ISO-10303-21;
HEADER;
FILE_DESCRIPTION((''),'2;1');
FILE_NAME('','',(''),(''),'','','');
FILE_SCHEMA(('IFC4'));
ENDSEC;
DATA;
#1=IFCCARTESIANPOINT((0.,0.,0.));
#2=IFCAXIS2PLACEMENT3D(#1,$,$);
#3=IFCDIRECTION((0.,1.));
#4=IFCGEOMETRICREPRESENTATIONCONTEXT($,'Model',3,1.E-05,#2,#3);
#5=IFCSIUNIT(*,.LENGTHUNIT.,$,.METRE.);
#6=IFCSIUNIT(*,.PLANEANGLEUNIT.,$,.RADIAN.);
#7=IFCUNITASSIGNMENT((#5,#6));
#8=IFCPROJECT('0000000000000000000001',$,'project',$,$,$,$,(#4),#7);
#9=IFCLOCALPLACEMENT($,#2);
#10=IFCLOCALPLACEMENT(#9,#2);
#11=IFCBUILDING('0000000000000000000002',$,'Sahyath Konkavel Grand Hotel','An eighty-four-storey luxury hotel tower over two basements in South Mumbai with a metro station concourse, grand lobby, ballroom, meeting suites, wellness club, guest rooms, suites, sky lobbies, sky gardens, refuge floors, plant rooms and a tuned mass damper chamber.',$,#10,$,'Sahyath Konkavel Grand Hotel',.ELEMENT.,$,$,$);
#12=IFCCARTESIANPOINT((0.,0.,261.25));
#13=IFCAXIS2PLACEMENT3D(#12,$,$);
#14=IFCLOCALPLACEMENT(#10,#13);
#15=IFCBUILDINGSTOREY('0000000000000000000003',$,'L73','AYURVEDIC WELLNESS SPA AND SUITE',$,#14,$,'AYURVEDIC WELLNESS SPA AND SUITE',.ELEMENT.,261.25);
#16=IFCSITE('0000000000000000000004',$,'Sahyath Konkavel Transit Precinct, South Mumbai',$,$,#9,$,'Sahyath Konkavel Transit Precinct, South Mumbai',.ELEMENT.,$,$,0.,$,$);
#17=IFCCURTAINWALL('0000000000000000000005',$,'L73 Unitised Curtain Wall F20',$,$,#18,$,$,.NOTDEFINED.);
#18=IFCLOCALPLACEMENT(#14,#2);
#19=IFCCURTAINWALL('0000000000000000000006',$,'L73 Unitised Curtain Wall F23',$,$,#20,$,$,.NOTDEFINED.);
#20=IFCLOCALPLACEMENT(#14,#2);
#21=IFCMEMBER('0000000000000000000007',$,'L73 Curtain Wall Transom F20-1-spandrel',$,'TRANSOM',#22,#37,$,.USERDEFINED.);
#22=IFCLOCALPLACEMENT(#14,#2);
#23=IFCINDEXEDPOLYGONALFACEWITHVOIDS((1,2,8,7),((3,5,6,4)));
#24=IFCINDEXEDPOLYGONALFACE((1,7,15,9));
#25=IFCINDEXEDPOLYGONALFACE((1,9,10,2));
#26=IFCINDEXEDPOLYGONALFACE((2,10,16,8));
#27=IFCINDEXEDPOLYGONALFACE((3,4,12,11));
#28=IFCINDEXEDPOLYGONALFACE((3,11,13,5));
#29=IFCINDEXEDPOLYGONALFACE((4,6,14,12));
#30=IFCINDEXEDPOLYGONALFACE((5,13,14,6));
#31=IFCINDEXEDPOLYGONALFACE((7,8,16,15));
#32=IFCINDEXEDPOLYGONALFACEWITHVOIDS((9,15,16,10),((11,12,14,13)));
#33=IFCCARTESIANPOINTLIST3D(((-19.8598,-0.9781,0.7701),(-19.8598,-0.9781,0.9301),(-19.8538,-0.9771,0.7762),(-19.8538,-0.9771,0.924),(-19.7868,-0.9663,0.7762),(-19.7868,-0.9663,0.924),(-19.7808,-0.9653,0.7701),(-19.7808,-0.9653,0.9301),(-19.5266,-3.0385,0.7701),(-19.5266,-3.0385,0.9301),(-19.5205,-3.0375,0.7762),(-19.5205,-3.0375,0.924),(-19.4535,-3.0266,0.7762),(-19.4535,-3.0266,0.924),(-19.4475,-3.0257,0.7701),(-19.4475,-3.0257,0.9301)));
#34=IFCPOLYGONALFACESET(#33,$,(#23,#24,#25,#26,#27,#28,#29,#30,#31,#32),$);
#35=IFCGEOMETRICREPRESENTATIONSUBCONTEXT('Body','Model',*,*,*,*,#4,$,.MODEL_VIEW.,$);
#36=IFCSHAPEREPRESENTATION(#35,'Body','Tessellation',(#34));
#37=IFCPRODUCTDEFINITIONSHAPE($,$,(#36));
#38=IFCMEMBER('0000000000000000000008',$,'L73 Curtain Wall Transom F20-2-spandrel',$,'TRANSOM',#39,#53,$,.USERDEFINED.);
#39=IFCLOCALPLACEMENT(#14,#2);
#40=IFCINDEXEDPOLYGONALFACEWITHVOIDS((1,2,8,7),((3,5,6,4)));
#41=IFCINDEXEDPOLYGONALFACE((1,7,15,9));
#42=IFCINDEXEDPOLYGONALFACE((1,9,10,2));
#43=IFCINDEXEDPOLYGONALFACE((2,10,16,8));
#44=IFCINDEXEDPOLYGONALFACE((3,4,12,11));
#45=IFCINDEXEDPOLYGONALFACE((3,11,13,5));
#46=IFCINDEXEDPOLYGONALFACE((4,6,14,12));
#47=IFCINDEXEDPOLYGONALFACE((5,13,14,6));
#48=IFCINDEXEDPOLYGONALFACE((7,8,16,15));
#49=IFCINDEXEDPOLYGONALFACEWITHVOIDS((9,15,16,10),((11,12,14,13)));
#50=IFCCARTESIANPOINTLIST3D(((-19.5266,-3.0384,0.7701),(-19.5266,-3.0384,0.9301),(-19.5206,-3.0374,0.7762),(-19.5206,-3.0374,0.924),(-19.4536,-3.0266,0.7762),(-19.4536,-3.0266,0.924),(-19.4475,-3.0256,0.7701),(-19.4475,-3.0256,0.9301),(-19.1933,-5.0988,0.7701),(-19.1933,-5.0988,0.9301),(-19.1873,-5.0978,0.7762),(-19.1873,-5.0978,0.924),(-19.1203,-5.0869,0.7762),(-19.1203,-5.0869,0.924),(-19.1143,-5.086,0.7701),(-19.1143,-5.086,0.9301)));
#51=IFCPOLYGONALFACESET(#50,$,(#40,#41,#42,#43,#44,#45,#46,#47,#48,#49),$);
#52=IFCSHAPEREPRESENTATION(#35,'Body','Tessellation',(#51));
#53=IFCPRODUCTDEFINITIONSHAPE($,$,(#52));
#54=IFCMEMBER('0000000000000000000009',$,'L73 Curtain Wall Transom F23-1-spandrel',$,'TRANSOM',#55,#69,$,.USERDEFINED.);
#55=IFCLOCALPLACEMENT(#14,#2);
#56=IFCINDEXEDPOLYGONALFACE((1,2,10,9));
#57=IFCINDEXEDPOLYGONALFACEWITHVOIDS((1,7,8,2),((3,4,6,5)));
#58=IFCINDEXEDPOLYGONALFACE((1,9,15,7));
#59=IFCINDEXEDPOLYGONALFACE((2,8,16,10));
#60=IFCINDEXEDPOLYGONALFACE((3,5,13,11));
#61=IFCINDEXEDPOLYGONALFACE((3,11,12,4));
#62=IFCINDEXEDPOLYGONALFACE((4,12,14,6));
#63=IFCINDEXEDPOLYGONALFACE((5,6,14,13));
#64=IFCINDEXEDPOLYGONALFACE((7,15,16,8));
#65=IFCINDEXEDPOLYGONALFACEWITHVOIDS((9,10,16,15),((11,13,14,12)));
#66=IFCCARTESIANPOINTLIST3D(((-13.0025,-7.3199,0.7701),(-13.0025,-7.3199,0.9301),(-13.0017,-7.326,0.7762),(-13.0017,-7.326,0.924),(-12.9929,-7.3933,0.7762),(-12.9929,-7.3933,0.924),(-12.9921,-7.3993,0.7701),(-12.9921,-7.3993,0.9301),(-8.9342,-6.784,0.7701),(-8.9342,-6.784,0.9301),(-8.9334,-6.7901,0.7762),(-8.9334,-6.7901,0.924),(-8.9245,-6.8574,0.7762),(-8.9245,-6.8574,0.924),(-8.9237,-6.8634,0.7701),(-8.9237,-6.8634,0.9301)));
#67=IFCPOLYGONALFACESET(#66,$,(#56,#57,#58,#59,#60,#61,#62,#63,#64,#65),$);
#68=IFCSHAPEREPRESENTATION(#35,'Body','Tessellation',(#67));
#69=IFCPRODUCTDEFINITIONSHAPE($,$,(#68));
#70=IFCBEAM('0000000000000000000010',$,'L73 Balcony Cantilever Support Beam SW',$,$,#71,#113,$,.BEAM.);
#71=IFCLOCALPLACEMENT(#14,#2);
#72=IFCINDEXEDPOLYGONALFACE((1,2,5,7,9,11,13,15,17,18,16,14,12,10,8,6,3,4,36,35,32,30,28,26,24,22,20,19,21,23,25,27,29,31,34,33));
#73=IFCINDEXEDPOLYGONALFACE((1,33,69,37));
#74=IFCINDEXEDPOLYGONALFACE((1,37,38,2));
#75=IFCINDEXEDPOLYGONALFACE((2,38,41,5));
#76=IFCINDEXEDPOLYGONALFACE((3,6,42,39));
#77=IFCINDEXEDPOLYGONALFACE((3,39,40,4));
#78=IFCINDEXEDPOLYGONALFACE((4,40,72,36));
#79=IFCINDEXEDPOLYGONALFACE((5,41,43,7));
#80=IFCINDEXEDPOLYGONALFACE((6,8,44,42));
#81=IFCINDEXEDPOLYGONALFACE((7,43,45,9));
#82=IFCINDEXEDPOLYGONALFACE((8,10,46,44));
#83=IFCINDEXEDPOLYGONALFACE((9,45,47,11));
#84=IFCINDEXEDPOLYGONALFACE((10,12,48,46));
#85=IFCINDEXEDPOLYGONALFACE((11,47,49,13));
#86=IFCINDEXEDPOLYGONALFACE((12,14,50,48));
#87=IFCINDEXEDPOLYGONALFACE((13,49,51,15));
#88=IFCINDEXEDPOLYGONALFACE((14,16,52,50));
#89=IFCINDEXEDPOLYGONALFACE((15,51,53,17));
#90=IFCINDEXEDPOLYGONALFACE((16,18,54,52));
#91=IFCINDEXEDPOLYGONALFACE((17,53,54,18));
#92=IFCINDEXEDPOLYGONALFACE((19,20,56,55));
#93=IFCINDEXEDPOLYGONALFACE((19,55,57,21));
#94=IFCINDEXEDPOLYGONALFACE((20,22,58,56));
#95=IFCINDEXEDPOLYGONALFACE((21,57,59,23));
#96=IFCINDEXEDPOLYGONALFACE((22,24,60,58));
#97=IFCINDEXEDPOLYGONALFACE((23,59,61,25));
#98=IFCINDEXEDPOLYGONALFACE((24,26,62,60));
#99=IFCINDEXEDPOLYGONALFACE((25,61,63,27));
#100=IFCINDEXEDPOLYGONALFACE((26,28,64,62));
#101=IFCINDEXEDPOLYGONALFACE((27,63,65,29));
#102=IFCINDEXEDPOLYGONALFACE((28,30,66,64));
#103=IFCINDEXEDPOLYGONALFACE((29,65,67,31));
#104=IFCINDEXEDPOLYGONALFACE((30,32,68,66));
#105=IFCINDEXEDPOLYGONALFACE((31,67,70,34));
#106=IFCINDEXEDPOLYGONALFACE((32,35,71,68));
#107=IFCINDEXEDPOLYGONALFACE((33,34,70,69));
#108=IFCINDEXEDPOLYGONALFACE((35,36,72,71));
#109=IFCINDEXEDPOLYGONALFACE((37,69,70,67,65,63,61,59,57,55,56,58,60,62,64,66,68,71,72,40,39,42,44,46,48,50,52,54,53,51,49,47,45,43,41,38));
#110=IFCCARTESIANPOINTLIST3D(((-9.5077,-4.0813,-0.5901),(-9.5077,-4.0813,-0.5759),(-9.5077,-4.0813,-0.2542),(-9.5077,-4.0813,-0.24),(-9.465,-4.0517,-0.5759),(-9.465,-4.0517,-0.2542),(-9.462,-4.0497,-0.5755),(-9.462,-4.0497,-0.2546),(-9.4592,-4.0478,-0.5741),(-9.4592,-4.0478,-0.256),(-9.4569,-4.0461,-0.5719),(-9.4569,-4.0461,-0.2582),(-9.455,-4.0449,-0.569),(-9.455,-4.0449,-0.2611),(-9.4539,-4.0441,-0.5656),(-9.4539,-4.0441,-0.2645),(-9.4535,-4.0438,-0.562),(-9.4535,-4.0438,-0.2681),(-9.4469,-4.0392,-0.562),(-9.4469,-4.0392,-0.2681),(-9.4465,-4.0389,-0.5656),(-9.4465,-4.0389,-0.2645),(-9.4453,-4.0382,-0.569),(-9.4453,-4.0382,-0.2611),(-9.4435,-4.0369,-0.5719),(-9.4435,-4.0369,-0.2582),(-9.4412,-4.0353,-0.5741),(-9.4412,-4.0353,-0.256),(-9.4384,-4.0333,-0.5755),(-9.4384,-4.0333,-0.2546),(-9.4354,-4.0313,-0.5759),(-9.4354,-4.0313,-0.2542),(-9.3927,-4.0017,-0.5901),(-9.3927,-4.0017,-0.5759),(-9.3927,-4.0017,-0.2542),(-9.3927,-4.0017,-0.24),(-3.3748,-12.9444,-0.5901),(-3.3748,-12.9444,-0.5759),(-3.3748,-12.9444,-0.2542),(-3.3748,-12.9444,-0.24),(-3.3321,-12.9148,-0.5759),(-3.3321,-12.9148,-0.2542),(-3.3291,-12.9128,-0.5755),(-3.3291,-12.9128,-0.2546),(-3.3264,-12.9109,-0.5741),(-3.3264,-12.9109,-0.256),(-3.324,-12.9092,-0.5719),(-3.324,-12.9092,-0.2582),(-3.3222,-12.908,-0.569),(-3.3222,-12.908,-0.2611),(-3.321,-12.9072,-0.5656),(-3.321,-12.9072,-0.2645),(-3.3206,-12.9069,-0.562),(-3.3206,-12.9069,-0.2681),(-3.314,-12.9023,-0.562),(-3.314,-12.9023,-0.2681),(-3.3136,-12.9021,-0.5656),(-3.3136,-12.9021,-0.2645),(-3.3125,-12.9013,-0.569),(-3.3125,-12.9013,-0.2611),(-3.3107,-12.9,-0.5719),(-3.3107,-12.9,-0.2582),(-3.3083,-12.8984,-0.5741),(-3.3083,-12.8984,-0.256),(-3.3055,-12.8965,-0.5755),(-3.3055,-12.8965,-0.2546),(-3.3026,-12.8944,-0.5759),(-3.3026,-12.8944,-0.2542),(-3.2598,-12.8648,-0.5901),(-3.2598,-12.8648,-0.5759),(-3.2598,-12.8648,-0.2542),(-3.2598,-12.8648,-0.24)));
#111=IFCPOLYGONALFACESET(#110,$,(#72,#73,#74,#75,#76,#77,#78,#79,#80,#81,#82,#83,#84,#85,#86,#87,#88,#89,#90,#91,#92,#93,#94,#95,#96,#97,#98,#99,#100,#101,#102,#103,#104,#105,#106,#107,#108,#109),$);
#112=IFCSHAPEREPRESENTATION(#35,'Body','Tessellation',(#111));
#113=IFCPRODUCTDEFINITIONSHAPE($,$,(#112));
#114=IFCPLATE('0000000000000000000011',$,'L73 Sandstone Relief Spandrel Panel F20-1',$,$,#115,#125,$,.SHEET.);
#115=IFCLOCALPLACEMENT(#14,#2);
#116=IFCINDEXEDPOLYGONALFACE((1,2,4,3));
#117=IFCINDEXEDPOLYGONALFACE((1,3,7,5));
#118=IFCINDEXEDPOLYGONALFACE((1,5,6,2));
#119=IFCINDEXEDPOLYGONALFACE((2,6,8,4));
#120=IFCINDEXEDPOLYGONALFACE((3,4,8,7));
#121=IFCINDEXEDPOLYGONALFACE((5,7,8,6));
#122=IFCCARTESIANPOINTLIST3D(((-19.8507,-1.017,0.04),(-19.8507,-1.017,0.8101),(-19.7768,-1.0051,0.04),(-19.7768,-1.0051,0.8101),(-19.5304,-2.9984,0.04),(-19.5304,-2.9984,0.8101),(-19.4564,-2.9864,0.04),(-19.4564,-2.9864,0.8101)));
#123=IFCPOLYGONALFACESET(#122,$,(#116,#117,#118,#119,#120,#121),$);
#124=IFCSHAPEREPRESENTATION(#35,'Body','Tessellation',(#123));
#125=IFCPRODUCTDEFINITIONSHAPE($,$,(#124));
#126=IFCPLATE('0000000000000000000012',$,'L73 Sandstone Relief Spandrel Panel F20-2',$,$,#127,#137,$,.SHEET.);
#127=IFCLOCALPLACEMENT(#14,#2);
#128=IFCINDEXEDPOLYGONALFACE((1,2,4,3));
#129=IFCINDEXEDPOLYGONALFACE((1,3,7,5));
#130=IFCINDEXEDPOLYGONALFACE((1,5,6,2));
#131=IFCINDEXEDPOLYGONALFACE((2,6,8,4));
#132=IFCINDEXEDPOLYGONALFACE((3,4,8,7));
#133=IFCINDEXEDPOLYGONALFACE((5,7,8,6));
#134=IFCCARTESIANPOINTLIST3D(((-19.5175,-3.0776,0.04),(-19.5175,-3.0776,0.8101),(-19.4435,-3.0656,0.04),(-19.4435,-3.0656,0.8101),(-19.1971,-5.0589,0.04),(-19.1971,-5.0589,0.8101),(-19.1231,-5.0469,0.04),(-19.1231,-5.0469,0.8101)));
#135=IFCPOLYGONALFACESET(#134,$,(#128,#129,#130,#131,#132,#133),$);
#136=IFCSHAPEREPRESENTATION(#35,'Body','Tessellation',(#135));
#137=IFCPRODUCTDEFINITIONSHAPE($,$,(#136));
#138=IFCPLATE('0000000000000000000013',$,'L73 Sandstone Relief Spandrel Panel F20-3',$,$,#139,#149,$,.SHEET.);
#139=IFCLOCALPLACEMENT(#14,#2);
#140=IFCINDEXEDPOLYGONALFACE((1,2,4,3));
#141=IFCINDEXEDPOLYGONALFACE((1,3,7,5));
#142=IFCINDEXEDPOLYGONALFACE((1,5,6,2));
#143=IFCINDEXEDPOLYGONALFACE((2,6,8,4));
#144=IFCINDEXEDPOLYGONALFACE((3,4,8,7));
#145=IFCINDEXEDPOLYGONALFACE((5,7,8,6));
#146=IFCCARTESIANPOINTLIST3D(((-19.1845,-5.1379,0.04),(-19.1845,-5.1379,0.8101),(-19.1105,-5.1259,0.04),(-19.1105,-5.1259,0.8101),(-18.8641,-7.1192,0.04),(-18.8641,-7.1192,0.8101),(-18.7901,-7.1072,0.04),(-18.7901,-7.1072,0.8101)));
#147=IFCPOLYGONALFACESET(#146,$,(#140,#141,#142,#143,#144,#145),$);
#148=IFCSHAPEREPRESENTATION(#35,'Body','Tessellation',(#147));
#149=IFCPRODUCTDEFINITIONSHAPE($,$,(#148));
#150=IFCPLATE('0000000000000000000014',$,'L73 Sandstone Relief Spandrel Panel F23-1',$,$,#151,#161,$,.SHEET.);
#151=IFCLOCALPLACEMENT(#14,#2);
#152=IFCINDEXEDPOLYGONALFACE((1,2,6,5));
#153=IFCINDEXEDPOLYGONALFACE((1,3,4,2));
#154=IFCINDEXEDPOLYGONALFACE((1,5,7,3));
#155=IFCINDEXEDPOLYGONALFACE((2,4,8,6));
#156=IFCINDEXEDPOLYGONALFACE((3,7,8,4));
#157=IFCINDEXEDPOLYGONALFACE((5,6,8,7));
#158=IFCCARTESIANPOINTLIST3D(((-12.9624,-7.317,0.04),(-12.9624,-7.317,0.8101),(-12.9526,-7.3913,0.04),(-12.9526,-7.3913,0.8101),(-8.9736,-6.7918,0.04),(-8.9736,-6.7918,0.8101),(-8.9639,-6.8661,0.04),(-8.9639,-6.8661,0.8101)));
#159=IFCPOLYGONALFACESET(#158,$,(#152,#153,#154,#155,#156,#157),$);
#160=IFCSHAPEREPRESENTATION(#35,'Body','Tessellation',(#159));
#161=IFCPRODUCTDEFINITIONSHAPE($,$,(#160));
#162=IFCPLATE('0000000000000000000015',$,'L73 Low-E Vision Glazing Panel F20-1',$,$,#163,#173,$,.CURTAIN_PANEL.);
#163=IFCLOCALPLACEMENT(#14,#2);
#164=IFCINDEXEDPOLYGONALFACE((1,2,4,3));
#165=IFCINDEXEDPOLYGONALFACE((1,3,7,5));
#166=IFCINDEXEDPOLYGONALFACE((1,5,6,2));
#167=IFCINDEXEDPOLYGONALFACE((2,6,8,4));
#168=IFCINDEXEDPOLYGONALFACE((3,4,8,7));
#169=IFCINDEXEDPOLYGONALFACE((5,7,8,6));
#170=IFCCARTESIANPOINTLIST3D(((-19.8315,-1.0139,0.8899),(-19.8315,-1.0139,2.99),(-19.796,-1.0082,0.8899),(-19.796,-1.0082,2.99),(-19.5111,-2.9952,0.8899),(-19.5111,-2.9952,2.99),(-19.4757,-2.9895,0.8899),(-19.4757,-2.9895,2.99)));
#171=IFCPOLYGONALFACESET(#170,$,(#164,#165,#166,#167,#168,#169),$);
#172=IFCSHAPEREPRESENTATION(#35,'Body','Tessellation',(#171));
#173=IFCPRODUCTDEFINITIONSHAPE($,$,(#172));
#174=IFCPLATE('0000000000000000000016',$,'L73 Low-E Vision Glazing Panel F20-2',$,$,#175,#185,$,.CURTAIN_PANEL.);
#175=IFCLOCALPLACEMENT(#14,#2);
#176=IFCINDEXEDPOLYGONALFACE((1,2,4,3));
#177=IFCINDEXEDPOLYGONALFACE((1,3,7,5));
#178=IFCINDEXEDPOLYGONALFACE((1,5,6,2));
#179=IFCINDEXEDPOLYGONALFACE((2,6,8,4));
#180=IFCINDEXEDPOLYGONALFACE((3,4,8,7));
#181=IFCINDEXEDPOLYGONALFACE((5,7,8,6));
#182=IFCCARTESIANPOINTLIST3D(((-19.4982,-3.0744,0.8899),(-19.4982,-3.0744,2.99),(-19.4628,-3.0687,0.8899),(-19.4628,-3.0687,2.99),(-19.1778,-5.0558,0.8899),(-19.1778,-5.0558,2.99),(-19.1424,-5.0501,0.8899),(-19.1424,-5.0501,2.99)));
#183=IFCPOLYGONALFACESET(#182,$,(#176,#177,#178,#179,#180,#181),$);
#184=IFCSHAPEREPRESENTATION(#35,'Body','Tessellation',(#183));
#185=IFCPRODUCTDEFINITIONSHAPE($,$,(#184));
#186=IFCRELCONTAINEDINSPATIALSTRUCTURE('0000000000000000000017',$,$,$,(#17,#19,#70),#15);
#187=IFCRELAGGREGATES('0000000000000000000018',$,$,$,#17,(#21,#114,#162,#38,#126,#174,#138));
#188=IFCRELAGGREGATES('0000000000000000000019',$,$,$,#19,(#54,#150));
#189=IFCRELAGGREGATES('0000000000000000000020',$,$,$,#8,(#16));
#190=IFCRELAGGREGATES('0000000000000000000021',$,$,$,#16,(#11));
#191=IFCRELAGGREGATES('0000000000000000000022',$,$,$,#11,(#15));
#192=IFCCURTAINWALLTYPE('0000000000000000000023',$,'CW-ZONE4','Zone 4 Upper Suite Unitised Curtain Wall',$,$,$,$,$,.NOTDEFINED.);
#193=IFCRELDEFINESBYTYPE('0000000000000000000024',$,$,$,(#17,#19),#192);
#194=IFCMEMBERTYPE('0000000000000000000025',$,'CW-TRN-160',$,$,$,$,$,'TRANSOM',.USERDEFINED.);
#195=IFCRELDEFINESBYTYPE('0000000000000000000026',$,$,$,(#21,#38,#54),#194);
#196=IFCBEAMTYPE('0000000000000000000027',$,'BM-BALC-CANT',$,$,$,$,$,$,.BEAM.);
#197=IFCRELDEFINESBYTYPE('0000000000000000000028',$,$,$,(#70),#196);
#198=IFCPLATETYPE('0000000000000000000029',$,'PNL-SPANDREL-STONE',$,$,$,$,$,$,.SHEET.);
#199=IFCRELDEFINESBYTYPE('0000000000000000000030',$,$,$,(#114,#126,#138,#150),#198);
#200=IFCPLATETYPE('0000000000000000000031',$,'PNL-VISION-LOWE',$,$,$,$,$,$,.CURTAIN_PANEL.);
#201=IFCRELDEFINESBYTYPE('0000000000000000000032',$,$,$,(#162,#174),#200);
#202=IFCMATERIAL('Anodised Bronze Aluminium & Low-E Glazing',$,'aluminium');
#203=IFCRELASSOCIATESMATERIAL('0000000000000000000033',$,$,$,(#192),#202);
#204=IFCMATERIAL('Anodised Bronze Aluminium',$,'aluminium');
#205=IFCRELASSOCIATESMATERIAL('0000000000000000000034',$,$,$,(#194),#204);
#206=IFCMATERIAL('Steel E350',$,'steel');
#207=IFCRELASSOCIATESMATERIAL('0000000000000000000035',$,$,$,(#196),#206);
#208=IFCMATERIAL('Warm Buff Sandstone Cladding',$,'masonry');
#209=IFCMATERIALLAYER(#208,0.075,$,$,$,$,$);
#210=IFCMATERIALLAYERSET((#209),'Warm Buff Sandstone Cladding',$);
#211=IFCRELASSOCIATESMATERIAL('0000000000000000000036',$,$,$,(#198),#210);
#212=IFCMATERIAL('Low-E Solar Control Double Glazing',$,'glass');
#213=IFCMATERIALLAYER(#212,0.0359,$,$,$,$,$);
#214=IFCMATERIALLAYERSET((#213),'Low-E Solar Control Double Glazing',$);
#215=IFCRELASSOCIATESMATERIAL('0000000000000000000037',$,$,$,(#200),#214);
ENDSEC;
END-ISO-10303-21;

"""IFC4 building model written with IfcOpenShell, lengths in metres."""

from ifc_helpers import new_model, si_unit, direction, frame, origin, origin_2d, place, context, subcontext, project, spatial, rectangle, hollow_rectangle, i_section, extrude, source, transform, mapped, material, layer, layer_set, material_profile, profile_set, type_object, element, aggregate, save


model = new_model("IFC4")

# Units and contexts
model_context = context("Model", 3, precision=1e-05, world=origin(), true_north=direction((0.0, 1.0)))
body_context = subcontext(model_context, "Body", "Model", "MODEL_VIEW")
ifc_project = project(units=[si_unit("LENGTHUNIT", "METRE"), si_unit("PLANEANGLEUNIT", "RADIAN")], contexts=[model_context])

# Site, building, storey
site_placement = place(None, origin())
site = spatial("IfcSite", under=ifc_project, at=site_placement, Name="Sahyath Konkavel Transit Precinct, South Mumbai", LongName="Sahyath Konkavel Transit Precinct, South Mumbai", CompositionType="ELEMENT", RefElevation=0.0)
building_placement = place(site_placement, origin())
building = spatial("IfcBuilding", under=site, at=building_placement, Name="Sahyath Konkavel Grand Hotel", Description="An eighty-four-storey luxury hotel tower over two basements in South Mumbai with a metro station concourse, grand lobby, ballroom, meeting suites, wellness club, guest rooms, suites, sky lobbies, sky gardens, refuge floors, plant rooms and a tuned mass damper chamber.", LongName="Sahyath Konkavel Grand Hotel", CompositionType="ELEMENT")
storey_placement = place(building_placement, frame((0.0, 0.0, 261.25)))
storey = spatial("IfcBuildingStorey", under=building, at=storey_placement, Name="L73", Description="AYURVEDIC WELLNESS SPA AND SUITE", LongName="AYURVEDIC WELLNESS SPA AND SUITE", CompositionType="ELEMENT", Elevation=261.25)

# Shared definitions
ifc_material_1 = material(Name="Steel E350", Category="steel")

# Curtain wall
ifc_material_2 = material(Name="Anodised Bronze Aluminium & Low-E Glazing", Category="aluminium")
curtain_wall_type = type_object("IfcCurtainWallType", Name="CW-ZONE4", Description="Zone 4 Upper Suite Unitised Curtain Wall", PredefinedType="NOTDEFINED", material=ifc_material_2)
curtain_wall_1_placement = place(storey_placement, origin())
curtain_wall_1 = element("IfcCurtainWall", 1, at=curtain_wall_1_placement, inside=storey, type_object=curtain_wall_type, Name="L73 Unitised Curtain Wall F20", PredefinedType="NOTDEFINED")
ifc_material_3 = material(Name="Anodised Bronze Aluminium", Category="aluminium")

# Curtain wall
curtain_wall_2_placement = place(storey_placement, origin())
curtain_wall_2 = element("IfcCurtainWall", 2, at=curtain_wall_2_placement, inside=storey, type_object=curtain_wall_type, Name="L73 Unitised Curtain Wall F23", PredefinedType="NOTDEFINED")

# Members
ifc_material_profile_1 = material_profile(ifc_material_3, hollow_rectangle(XDim=0.0801, YDim=0.1599, WallThickness=0.0061, at=origin_2d()), Name="RHS 160x80x6")
ifc_profile_set_1 = profile_set([ifc_material_profile_1], Name="Anodised Bronze Aluminium")
member_type_1 = type_object("IfcMemberType", Name="CW-TRN-160", ElementType="TRANSOM", PredefinedType="USERDEFINED", material=ifc_profile_set_1)
shared_shape_1 = source(origin(), body_context, "Body", "SweptSolid", [
    extrude(hollow_rectangle(XDim=0.0801, YDim=0.1599, WallThickness=0.0061, at=origin_2d()), origin(), (0.0, 0.0, 1.0), 2.0872),
])
member_1_placement = place(storey_placement, frame((-19.8203, -0.9717, 0.8501), z_axis=(0.159674, -0.98717, 0.0), x_axis=(0.98717, 0.159674, 0.0)))
member_1 = element("IfcMember", 3, at=member_1_placement, type_object=member_type_1, Name="L73 Curtain Wall Transom F20-1-spandrel", ObjectType="TRANSOM", PredefinedType="USERDEFINED", context=body_context, shape_type="MappedRepresentation", body=[
    mapped(shared_shape_1, transform((0.0, 0.0, 0.0), scale=1.0)),
])
member_2_placement = place(storey_placement, frame((-19.4871, -3.032, 0.8501), z_axis=(0.159674, -0.98717, 0.0), x_axis=(0.98717, 0.159674, 0.0)))
member_2 = element("IfcMember", 4, at=member_2_placement, type_object=member_type_1, Name="L73 Curtain Wall Transom F20-2-spandrel", ObjectType="TRANSOM", PredefinedType="USERDEFINED", context=body_context, shape_type="MappedRepresentation", body=[
    mapped(shared_shape_1, transform((0.0, 0.0, 0.0), scale=1.0)),
])
shared_shape_2 = source(origin(), body_context, "Body", "SweptSolid", [
    extrude(hollow_rectangle(XDim=0.0801, YDim=0.1599, WallThickness=0.0061, at=origin_2d()), origin(), (0.0, 0.0, 1.0), 4.1035),
])
member_3_placement = place(storey_placement, frame((-12.9973, -7.3596, 0.8501), z_axis=(0.991436, 0.130593, 0.0), x_axis=(-0.130593, 0.991436, 0.0)))
member_3 = element("IfcMember", 5, at=member_3_placement, type_object=member_type_1, Name="L73 Curtain Wall Transom F23-1-spandrel", ObjectType="TRANSOM", PredefinedType="USERDEFINED", context=body_context, shape_type="MappedRepresentation", body=[
    mapped(shared_shape_2, transform((0.0, 0.0, 0.0), scale=1.0)),
])

# Beam
ifc_material_profile_2 = material_profile(ifc_material_1, i_section(OverallWidth=0.1399, OverallDepth=0.3501, WebThickness=0.0081, FlangeThickness=0.0142, FilletRadius=0.0139, at=origin_2d()), Name="ISMB 350")
ifc_profile_set_2 = profile_set([ifc_material_profile_2], Name="Steel E350")
beam_type_1 = type_object("IfcBeamType", Name="BM-BALC-CANT", PredefinedType="BEAM", material=ifc_profile_set_2)
shared_shape_3 = source(origin(), body_context, "Body", "SweptSolid", [
    extrude(i_section(OverallWidth=0.1399, OverallDepth=0.3501, WebThickness=0.0081, FlangeThickness=0.0142, FilletRadius=0.0139, at=origin_2d()), origin(), (0.0, 0.0, 1.0), 10.7781),
])
beam_1_placement = place(storey_placement, frame((-9.4502, -4.0415, -0.415), z_axis=(0.569013, -0.822328, 0.0), x_axis=(0.822328, 0.569013, 0.0)))
element("IfcBeam", 6, at=beam_1_placement, inside=storey, type_object=beam_type_1, Name="L73 Balcony Cantilever Support Beam SW", PredefinedType="BEAM", context=body_context, shape_type="MappedRepresentation", body=[
    mapped(shared_shape_3, transform((0.0, 0.0, 0.0), scale=1.0)),
])

# Plates
ifc_material_4 = material(Name="Warm Buff Sandstone Cladding", Category="masonry")
ifc_layer_1 = layer(ifc_material_4, 0.075)
ifc_layer_set_1 = layer_set([ifc_layer_1], Name="Warm Buff Sandstone Cladding")
plate_type_1 = type_object("IfcPlateType", Name="PNL-SPANDREL-STONE", PredefinedType="SHEET", material=ifc_layer_set_1)
shared_shape_4 = source(origin(), body_context, "Body", "SweptSolid", [
    extrude(rectangle(XDim=2.0071, YDim=0.075, at=origin_2d()), origin(), (0.0, 0.0, 1.0), 0.77),
])
plate_1_placement = place(storey_placement, frame((-19.6536, -2.0017, 0.04), z_axis=(0.0, 0.0, 1.0), x_axis=(0.159623, -0.987178, 0.0)))
plate_1 = element("IfcPlate", 7, at=plate_1_placement, type_object=plate_type_1, Name="L73 Sandstone Relief Spandrel Panel F20-1", PredefinedType="SHEET", context=body_context, shape_type="MappedRepresentation", body=[
    mapped(shared_shape_4, transform((0.0, 0.0, 0.0), scale=1.0)),
])
plate_2_placement = place(storey_placement, frame((-19.3203, -4.0623, 0.04), z_axis=(0.0, 0.0, 1.0), x_axis=(0.159623, -0.987178, 0.0)))
plate_2 = element("IfcPlate", 8, at=plate_2_placement, type_object=plate_type_1, Name="L73 Sandstone Relief Spandrel Panel F20-2", PredefinedType="SHEET", context=body_context, shape_type="MappedRepresentation", body=[
    mapped(shared_shape_4, transform((0.0, 0.0, 0.0), scale=1.0)),
])
plate_3_placement = place(storey_placement, frame((-18.9873, -6.1226, 0.04), z_axis=(0.0, 0.0, 1.0), x_axis=(0.159623, -0.987178, 0.0)))
plate_3 = element("IfcPlate", 9, at=plate_3_placement, type_object=plate_type_1, Name="L73 Sandstone Relief Spandrel Panel F20-3", PredefinedType="SHEET", context=body_context, shape_type="MappedRepresentation", body=[
    mapped(shared_shape_4, transform((0.0, 0.0, 0.0), scale=1.0)),
])
shared_shape_5 = source(origin(), body_context, "Body", "SweptSolid", [
    extrude(rectangle(XDim=4.0232, YDim=0.075, at=origin_2d()), origin(), (0.0, 0.0, 1.0), 0.77),
])
plate_4_placement = place(storey_placement, frame((-10.9631, -7.0916, 0.04), z_axis=(0.0, 0.0, 1.0), x_axis=(0.991445, 0.130526, 0.0)))
plate_4 = element("IfcPlate", 10, at=plate_4_placement, type_object=plate_type_1, Name="L73 Sandstone Relief Spandrel Panel F23-1", PredefinedType="SHEET", context=body_context, shape_type="MappedRepresentation", body=[
    mapped(shared_shape_5, transform((0.0, 0.0, 0.0), scale=1.0)),
])
ifc_material_5 = material(Name="Low-E Solar Control Double Glazing", Category="glass")
ifc_layer_2 = layer(ifc_material_5, 0.0359)
ifc_layer_set_2 = layer_set([ifc_layer_2], Name="Low-E Solar Control Double Glazing")
plate_type_2 = type_object("IfcPlateType", Name="PNL-VISION-LOWE", PredefinedType="CURTAIN_PANEL", material=ifc_layer_set_2)
shared_shape_6 = source(origin(), body_context, "Body", "SweptSolid", [
    extrude(rectangle(XDim=2.0071, YDim=0.0359, at=origin_2d()), origin(), (0.0, 0.0, 1.0), 2.1001),
])
plate_5_placement = place(storey_placement, frame((-19.6536, -2.0017, 0.8899), z_axis=(0.0, 0.0, 1.0), x_axis=(0.159623, -0.987178, 0.0)))
plate_5 = element("IfcPlate", 11, at=plate_5_placement, type_object=plate_type_2, Name="L73 Low-E Vision Glazing Panel F20-1", PredefinedType="CURTAIN_PANEL", context=body_context, shape_type="MappedRepresentation", body=[
    mapped(shared_shape_6, transform((0.0, 0.0, 0.0), scale=1.0)),
])
plate_6_placement = place(storey_placement, frame((-19.3203, -4.0623, 0.8899), z_axis=(0.0, 0.0, 1.0), x_axis=(0.159623, -0.987178, 0.0)))
plate_6 = element("IfcPlate", 12, at=plate_6_placement, type_object=plate_type_2, Name="L73 Low-E Vision Glazing Panel F20-2", PredefinedType="CURTAIN_PANEL", context=body_context, shape_type="MappedRepresentation", body=[
    mapped(shared_shape_6, transform((0.0, 0.0, 0.0), scale=1.0)),
])
aggregate(curtain_wall_1, [member_1, plate_1, plate_5, member_2, plate_2, plate_6, plate_3])
aggregate(curtain_wall_2, [member_3, plate_4])

save(model, "model.ifc")
